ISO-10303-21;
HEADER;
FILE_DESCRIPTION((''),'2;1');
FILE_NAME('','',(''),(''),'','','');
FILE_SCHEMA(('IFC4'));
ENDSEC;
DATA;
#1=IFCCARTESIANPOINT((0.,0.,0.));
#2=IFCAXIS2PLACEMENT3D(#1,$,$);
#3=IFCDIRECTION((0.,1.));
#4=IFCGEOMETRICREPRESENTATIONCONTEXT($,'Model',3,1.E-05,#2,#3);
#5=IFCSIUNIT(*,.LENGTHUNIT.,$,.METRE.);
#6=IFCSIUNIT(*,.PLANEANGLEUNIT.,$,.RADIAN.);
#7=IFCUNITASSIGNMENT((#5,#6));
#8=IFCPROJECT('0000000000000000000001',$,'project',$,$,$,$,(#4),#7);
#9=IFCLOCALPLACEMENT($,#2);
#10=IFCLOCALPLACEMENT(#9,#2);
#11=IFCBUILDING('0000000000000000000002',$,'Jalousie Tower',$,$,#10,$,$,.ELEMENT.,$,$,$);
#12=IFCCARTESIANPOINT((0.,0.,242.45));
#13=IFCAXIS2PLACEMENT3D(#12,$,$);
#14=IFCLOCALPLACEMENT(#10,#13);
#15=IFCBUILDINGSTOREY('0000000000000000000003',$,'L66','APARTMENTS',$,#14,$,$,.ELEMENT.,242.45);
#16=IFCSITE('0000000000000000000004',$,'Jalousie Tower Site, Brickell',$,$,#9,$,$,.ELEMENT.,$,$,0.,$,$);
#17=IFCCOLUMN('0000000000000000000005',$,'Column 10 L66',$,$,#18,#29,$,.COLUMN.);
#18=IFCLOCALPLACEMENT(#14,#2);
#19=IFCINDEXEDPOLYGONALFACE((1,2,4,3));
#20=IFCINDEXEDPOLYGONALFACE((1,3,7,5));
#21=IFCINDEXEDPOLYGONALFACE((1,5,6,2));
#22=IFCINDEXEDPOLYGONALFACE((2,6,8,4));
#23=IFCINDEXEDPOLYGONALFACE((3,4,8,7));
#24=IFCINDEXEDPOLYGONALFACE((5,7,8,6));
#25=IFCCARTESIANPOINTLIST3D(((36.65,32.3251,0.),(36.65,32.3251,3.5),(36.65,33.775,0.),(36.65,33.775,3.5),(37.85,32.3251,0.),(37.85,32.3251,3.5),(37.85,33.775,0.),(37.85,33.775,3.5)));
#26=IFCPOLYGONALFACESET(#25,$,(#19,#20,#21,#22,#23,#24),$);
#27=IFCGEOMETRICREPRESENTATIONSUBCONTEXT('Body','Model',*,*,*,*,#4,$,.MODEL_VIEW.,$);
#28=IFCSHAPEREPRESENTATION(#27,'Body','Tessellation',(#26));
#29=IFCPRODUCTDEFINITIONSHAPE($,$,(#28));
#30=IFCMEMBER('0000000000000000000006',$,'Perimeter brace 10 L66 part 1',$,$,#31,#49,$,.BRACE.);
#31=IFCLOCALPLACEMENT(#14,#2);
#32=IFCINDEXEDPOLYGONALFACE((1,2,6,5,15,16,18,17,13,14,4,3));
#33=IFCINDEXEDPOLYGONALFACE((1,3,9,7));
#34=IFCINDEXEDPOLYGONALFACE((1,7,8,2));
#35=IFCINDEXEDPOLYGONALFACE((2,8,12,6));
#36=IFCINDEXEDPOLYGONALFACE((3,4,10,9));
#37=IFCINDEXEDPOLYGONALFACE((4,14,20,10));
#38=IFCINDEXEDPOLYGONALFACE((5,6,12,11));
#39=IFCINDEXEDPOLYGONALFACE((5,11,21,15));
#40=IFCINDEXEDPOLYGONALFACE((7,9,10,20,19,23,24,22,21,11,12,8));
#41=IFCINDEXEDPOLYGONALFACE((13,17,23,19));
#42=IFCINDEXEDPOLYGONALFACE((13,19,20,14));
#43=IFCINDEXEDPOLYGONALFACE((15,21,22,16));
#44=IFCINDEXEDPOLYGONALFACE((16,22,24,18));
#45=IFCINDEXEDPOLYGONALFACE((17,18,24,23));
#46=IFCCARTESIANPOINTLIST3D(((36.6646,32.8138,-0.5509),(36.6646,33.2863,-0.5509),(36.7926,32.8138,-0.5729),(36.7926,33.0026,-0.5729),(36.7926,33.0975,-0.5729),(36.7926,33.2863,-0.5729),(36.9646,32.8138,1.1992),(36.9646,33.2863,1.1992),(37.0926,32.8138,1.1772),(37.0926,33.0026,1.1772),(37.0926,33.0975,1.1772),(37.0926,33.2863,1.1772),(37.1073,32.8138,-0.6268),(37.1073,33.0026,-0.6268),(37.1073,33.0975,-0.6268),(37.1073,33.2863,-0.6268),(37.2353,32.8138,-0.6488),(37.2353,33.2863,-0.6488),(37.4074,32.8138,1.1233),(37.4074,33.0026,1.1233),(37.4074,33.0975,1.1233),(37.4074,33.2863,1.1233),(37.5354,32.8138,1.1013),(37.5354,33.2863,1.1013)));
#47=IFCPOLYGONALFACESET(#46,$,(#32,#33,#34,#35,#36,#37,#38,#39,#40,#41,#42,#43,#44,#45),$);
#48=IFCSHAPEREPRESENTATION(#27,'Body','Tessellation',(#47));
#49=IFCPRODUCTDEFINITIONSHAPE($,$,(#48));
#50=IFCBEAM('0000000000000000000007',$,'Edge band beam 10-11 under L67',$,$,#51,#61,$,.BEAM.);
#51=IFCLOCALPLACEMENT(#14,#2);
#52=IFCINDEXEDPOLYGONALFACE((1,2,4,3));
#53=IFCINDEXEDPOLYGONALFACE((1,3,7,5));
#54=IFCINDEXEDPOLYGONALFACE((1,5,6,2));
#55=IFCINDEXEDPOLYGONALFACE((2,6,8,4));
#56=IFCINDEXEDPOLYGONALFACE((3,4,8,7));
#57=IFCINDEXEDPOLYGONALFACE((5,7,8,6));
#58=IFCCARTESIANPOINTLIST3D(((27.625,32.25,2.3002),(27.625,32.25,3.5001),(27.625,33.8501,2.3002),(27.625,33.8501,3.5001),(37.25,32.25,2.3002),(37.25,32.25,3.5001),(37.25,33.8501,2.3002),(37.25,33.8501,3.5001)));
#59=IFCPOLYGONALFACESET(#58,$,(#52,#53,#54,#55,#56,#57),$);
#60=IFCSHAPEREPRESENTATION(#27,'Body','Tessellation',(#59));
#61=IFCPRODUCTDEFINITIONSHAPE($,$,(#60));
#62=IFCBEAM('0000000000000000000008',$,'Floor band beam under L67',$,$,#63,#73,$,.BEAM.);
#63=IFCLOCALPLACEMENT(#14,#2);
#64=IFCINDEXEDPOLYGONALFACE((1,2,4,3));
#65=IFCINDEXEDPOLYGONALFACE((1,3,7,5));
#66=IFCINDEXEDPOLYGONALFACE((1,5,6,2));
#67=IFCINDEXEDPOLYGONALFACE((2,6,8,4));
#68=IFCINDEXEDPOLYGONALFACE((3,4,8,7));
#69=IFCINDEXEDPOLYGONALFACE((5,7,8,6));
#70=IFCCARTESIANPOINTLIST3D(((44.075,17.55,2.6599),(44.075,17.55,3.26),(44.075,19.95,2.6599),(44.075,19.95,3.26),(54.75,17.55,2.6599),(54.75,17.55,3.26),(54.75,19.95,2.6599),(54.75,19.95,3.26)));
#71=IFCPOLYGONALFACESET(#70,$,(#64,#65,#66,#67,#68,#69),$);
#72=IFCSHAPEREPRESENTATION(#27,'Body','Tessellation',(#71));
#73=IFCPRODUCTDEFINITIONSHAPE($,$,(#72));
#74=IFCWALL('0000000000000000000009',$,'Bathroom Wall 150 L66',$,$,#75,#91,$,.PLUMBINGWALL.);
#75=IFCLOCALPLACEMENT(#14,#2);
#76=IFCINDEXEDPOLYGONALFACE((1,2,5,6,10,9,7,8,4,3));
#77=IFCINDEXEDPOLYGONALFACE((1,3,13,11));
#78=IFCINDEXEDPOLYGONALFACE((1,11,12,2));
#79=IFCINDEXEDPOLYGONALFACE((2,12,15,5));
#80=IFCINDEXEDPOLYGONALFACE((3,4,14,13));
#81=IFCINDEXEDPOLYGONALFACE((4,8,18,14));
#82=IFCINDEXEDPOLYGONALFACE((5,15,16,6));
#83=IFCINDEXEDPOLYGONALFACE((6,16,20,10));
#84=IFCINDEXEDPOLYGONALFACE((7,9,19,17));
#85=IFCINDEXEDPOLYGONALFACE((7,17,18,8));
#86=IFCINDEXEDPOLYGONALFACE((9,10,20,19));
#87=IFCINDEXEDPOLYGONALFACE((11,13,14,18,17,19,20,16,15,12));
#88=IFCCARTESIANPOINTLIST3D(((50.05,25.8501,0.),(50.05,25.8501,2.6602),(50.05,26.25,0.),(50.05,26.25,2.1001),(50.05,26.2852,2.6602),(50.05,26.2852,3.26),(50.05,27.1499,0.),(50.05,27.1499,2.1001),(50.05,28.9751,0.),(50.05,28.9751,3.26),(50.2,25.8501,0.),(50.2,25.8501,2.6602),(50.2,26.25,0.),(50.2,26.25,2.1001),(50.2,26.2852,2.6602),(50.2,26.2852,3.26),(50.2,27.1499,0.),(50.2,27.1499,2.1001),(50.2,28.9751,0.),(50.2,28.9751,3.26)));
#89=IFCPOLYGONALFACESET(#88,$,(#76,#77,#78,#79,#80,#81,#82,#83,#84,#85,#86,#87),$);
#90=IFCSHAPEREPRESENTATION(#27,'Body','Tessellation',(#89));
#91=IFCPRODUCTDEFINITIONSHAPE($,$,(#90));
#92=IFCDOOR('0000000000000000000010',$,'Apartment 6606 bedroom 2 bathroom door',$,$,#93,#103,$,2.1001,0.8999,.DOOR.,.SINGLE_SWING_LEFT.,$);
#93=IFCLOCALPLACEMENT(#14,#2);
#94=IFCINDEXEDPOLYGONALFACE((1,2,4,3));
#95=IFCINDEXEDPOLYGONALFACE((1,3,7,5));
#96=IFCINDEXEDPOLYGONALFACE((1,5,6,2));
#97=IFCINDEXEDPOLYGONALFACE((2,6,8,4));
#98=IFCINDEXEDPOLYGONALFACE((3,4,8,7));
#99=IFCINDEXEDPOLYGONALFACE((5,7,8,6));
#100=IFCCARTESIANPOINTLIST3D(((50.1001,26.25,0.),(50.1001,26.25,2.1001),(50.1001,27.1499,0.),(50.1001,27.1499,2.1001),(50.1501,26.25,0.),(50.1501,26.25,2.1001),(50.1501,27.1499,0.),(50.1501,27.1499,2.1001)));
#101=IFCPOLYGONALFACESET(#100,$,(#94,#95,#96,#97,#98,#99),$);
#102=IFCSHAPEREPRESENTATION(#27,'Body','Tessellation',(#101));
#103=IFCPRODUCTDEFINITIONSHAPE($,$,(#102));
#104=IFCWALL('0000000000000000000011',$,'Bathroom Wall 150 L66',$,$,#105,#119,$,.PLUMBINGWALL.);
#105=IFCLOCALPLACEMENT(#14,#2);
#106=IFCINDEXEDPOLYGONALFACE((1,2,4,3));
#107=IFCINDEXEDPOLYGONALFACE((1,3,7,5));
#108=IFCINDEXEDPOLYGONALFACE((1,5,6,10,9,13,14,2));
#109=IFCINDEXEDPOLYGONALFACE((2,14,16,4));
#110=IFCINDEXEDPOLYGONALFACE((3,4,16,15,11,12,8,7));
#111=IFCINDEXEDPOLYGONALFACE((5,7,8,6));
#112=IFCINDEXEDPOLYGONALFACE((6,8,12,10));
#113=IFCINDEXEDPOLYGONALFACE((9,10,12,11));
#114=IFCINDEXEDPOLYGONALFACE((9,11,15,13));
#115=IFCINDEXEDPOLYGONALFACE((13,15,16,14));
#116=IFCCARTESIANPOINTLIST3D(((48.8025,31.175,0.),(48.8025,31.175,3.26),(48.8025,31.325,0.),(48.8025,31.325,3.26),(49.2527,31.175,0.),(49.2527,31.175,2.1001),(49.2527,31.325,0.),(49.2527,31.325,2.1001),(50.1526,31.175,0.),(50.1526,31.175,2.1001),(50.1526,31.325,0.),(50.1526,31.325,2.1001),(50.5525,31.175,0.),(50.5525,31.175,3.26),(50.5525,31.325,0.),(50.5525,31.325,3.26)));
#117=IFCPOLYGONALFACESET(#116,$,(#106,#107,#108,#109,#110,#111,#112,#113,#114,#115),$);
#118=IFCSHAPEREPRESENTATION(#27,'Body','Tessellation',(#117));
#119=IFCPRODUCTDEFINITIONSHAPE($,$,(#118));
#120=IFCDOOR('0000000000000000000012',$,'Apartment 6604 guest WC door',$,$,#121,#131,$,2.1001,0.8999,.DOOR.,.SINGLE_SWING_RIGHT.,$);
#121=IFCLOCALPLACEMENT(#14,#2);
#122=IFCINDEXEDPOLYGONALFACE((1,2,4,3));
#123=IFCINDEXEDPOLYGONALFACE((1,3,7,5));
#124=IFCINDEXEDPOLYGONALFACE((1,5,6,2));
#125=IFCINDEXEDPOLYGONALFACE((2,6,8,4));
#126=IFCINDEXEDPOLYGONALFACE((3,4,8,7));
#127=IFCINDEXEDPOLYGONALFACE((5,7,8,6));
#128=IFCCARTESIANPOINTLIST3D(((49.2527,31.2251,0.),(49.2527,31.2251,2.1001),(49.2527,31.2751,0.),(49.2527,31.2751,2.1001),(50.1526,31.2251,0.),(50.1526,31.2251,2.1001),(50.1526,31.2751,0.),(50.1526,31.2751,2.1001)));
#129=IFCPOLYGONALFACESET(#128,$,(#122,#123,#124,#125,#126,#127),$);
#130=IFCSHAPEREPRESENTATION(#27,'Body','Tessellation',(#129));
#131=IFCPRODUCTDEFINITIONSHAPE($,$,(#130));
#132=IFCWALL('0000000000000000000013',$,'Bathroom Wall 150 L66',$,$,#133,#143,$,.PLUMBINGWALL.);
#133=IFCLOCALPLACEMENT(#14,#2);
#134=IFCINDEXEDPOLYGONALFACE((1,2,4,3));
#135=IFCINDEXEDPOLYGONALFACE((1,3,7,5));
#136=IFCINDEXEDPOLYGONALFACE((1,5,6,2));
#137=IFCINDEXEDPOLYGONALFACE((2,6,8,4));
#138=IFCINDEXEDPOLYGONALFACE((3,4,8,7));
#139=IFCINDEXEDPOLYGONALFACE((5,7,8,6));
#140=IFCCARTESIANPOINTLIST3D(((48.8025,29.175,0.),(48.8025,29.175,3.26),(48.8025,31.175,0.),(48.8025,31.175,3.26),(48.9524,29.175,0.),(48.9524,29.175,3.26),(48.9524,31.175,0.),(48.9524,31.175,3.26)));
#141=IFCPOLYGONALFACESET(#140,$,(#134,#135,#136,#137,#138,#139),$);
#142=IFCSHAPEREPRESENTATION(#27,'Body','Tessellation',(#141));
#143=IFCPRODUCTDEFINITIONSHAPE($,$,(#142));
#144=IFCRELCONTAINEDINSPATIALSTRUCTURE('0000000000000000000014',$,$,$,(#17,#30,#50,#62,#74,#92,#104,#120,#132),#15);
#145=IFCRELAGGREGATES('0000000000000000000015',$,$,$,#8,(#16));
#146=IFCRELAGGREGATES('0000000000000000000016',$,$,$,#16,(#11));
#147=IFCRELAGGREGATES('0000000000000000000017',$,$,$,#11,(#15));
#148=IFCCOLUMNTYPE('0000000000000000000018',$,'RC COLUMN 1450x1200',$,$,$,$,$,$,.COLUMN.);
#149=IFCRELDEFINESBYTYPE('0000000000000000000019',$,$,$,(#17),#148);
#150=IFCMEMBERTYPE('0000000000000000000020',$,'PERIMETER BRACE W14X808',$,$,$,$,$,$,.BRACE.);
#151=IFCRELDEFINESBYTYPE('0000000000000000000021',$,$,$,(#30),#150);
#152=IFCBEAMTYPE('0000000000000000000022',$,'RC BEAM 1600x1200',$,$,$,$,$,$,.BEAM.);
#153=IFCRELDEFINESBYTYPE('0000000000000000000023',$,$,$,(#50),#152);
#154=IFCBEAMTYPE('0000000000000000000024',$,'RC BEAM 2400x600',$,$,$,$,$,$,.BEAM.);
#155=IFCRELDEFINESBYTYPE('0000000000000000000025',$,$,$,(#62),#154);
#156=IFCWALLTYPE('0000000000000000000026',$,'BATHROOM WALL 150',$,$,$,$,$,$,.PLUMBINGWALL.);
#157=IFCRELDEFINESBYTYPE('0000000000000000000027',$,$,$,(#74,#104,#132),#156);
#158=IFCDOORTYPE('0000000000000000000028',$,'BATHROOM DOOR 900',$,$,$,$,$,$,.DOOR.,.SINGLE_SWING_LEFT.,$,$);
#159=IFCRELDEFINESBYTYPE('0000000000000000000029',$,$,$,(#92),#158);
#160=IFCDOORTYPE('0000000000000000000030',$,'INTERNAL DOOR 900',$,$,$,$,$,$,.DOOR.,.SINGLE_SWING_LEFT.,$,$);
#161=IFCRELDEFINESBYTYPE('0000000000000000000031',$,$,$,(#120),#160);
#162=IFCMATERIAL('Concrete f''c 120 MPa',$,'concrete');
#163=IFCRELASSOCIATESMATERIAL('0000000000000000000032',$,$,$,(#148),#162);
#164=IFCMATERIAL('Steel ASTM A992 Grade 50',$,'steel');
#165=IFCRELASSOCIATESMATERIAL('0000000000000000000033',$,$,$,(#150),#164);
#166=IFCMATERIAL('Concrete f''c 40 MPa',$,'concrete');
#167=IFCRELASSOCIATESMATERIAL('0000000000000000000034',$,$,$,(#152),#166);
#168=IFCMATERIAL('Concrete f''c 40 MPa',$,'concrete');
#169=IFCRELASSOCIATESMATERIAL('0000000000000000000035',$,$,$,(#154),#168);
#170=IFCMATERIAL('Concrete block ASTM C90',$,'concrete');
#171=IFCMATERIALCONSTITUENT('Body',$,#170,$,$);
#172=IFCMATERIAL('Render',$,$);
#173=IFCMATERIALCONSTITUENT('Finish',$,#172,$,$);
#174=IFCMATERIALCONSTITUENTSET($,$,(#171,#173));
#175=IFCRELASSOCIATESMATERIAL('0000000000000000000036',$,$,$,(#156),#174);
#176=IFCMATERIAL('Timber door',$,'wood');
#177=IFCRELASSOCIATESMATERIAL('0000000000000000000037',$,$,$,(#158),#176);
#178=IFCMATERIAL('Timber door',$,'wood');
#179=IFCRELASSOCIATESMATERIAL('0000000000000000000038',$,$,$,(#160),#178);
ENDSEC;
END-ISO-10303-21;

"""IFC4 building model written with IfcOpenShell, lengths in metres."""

from ifc_helpers import new_model, si_unit, direction, frame, frame_2d, origin, origin_2d, place, context, subcontext, project, spatial, polyline, rectangle, i_section, outline, extrude, material, constituent, constituent_set, material_profile, profile_set, type_object, element, fill, save


model = new_model("IFC4")

# Units and contexts
model_context = context("Model", 3, precision=1e-05, world=origin(), true_north=direction((0.0, 1.0)))
body_context = subcontext(model_context, "Body", "Model", "MODEL_VIEW")
ifc_project = project(units=[si_unit("LENGTHUNIT", "METRE"), si_unit("PLANEANGLEUNIT", "RADIAN")], contexts=[model_context])

# Site, building, storey
site_placement = place(None, origin())
site = spatial("IfcSite", under=ifc_project, at=site_placement, Name="Jalousie Tower Site, Brickell", CompositionType="ELEMENT", RefElevation=0.0)
building_placement = place(site_placement, origin())
building = spatial("IfcBuilding", under=site, at=building_placement, Name="Jalousie Tower", CompositionType="ELEMENT")
storey_placement = place(building_placement, frame((0.0, 0.0, 242.45)))
storey = spatial("IfcBuildingStorey", under=building, at=storey_placement, Name="L66", Description="APARTMENTS", CompositionType="ELEMENT", Elevation=242.45)

# Column
ifc_material_1 = material(Name="Concrete f'c 120 MPa", Category="concrete")
ifc_material_profile_1 = material_profile(ifc_material_1, rectangle(XDim=1.45, YDim=1.2, at=origin_2d()), Name="RC 1450x1200")
ifc_profile_set_1 = profile_set([ifc_material_profile_1], Name="Concrete f'c 120 MPa")
column_type = type_object("IfcColumnType", Name="RC COLUMN 1450x1200", PredefinedType="COLUMN", material=ifc_profile_set_1)
column_placement = place(storey_placement, frame((37.25, 33.05, 0.0), z_axis=(0.0, 0.0, 1.0), x_axis=(0.0, 1.0, 0.0)))
element("IfcColumn", 1, at=column_placement, inside=storey, type_object=column_type, Name="Column 10 L66", PredefinedType="COLUMN", context=body_context, shape_type="SweptSolid", body=[
    extrude(rectangle(XDim=1.45, YDim=1.2, at=origin_2d()), origin(), (0.0, 0.0, 1.0), 3.5),
])

# Member
ifc_material_2 = material(Name="Steel ASTM A992 Grade 50", Category="steel")
ifc_material_profile_2 = material_profile(ifc_material_2, i_section(OverallWidth=0.4724, OverallDepth=0.5791, WebThickness=0.095, FlangeThickness=0.1299, at=origin_2d()), Name="W14X808")
ifc_profile_set_2 = profile_set([ifc_material_profile_2], Name="Steel ASTM A992 Grade 50")
member_type = type_object("IfcMemberType", Name="PERIMETER BRACE W14X808", PredefinedType="BRACE", material=ifc_profile_set_2)
member_placement = place(storey_placement, frame((36.95, 33.05, -0.5999), z_axis=(0.168991, 0.0, 0.985618), x_axis=(0.0, 1.0, 0.0)))
element("IfcMember", 2, at=member_placement, inside=storey, type_object=member_type, Name="Perimeter brace 10 L66 part 1", PredefinedType="BRACE", context=body_context, shape_type="SweptSolid", body=[
    extrude(i_section(OverallWidth=0.4724, OverallDepth=0.5791, WebThickness=0.095, FlangeThickness=0.1299, at=origin_2d()), origin(), (0.0, 0.0, 1.0), 1.7756),
])

# Beams
ifc_material_3 = material(Name="Concrete f'c 40 MPa", Category="concrete")
ifc_material_profile_3 = material_profile(ifc_material_3, rectangle(XDim=1.6001, YDim=1.2, at=origin_2d()), Name="RC 1600x1200")
ifc_profile_set_3 = profile_set([ifc_material_profile_3], Name="Concrete f'c 40 MPa")
beam_type_1 = type_object("IfcBeamType", Name="RC BEAM 1600x1200", PredefinedType="BEAM", material=ifc_profile_set_3)
beam_1_placement = place(storey_placement, frame((37.25, 33.05, 2.9001), z_axis=(-1.0, 0.0, 0.0), x_axis=(0.0, -1.0, 0.0)))
element("IfcBeam", 3, at=beam_1_placement, inside=storey, type_object=beam_type_1, Name="Edge band beam 10-11 under L67", PredefinedType="BEAM", context=body_context, shape_type="SweptSolid", body=[
    extrude(rectangle(XDim=1.6001, YDim=1.2, at=origin_2d()), origin(), (0.0, 0.0, 1.0), 9.625),
])
ifc_material_4 = material(Name="Concrete f'c 40 MPa", Category="concrete")
ifc_material_profile_4 = material_profile(ifc_material_4, rectangle(XDim=2.3999, YDim=0.6001, at=origin_2d()), Name="RC 2400x600")
ifc_profile_set_4 = profile_set([ifc_material_profile_4], Name="Concrete f'c 40 MPa")
beam_type_2 = type_object("IfcBeamType", Name="RC BEAM 2400x600", PredefinedType="BEAM", material=ifc_profile_set_4)
beam_2_placement = place(storey_placement, frame((44.075, 18.75, 2.96), z_axis=(1.0, 0.0, 0.0), x_axis=(0.0, 1.0, 0.0)))
element("IfcBeam", 4, at=beam_2_placement, inside=storey, type_object=beam_type_2, Name="Floor band beam under L67", PredefinedType="BEAM", context=body_context, shape_type="SweptSolid", body=[
    extrude(rectangle(XDim=2.3999, YDim=0.6001, at=origin_2d()), origin(), (0.0, 0.0, 1.0), 10.675),
])

# Walls, openings, doors
ifc_material_5 = material(Name="Concrete block ASTM C90", Category="concrete")
ifc_constituent_1 = constituent(ifc_material_5, Name="Body")
ifc_material_6 = material(Name="Render")
ifc_constituent_2 = constituent(ifc_material_6, Name="Finish")
ifc_constituent_set_1 = constituent_set(constituents=[ifc_constituent_1, ifc_constituent_2])
wall_type_1 = type_object("IfcWallType", Name="BATHROOM WALL 150", PredefinedType="PLUMBINGWALL", material=ifc_constituent_set_1)
wall_1_placement = place(storey_placement, frame((50.125, 25.8501, 0.0), z_axis=(0.0, 0.0, 1.0), x_axis=(0.0, 1.0, 0.0)))
wall_1 = element("IfcWall", 5, at=wall_1_placement, inside=storey, type_object=wall_type_1, Name="Bathroom Wall 150 L66", PredefinedType="PLUMBINGWALL", context=body_context, shape_type="SweptSolid", body=[
    extrude(outline(polyline([(0.0, 0.0), (3.125, 0.0), (3.125, 3.26), (0.4351, 3.26), (0.4351, 2.6602), (0.0, 2.6602), (0.0, 3.26), (0.0, 0.0)])), frame((0.0, 0.075, 0.0), z_axis=(0.0, -1.0, 0.0), x_axis=(1.0, 0.0, 0.0)), (0.0, 0.0, 1.0), 0.1499),
])
opening_1_placement = place(wall_1_placement, frame((0.3999, 0.0, 0.0)))
opening_1 = element("IfcOpeningElement", 6, at=opening_1_placement, cuts=wall_1, PredefinedType="OPENING", context=body_context, shape_type="SweptSolid", body=[
    extrude(rectangle(XDim=0.8999, YDim=2.1001, at=frame_2d((0.45, 1.05))), frame((0.0, 0.085, 0.0), z_axis=(0.0, -1.0, 0.0), x_axis=(1.0, 0.0, 0.0)), (0.0, 0.0, 1.0), 0.1699),
])
ifc_material_7 = material(Name="Timber door", Category="wood")
door_type_1 = type_object("IfcDoorType", Name="BATHROOM DOOR 900", OperationType="SINGLE_SWING_LEFT", PredefinedType="DOOR", material=ifc_material_7)
door_1_placement = place(opening_1_placement, origin())
door_1 = element("IfcDoor", 7, at=door_1_placement, inside=storey, type_object=door_type_1, Name="Apartment 6606 bedroom 2 bathroom door", OperationType="SINGLE_SWING_LEFT", OverallHeight=2.1001, OverallWidth=0.8999, PredefinedType="DOOR", context=body_context, shape_type="SweptSolid", body=[
    extrude(rectangle(XDim=0.8999, YDim=2.1001, at=frame_2d((0.45, 1.05))), frame((0.0, 0.0249, 0.0), z_axis=(0.0, -1.0, 0.0), x_axis=(1.0, 0.0, 0.0)), (0.0, 0.0, 1.0), 0.05),
])
fill(opening_1, door_1)
wall_2_placement = place(storey_placement, frame((50.5525, 31.25, 0.0), z_axis=(0.0, 0.0, 1.0), x_axis=(-1.0, 0.0, 0.0)))
wall_2 = element("IfcWall", 8, at=wall_2_placement, inside=storey, type_object=wall_type_1, Name="Bathroom Wall 150 L66", PredefinedType="PLUMBINGWALL", context=body_context, shape_type="SweptSolid", body=[
    extrude(rectangle(XDim=1.75, YDim=0.1499, at=frame_2d((0.875, 0.0))), origin(), (0.0, 0.0, 1.0), 3.26),
])
opening_2_placement = place(wall_2_placement, frame((0.3999, 0.0, 0.0)))
opening_2 = element("IfcOpeningElement", 9, at=opening_2_placement, cuts=wall_2, PredefinedType="OPENING", context=body_context, shape_type="SweptSolid", body=[
    extrude(rectangle(XDim=0.8999, YDim=2.1001, at=frame_2d((0.45, 1.05))), frame((0.0, 0.085, 0.0), z_axis=(0.0, -1.0, 0.0), x_axis=(1.0, 0.0, 0.0)), (0.0, 0.0, 1.0), 0.1699),
])
ifc_material_8 = material(Name="Timber door", Category="wood")
door_type_2 = type_object("IfcDoorType", Name="INTERNAL DOOR 900", OperationType="SINGLE_SWING_LEFT", PredefinedType="DOOR", material=ifc_material_8)
door_2_placement = place(opening_2_placement, origin())
door_2 = element("IfcDoor", 10, at=door_2_placement, inside=storey, type_object=door_type_2, Name="Apartment 6604 guest WC door", OperationType="SINGLE_SWING_RIGHT", OverallHeight=2.1001, OverallWidth=0.8999, PredefinedType="DOOR", context=body_context, shape_type="SweptSolid", body=[
    extrude(rectangle(XDim=0.8999, YDim=2.1001, at=frame_2d((0.45, 1.05))), frame((0.0, 0.0249, 0.0), z_axis=(0.0, -1.0, 0.0), x_axis=(1.0, 0.0, 0.0)), (0.0, 0.0, 1.0), 0.05),
])
fill(opening_2, door_2)

# Wall
wall_3_placement = place(storey_placement, frame((48.8774, 29.175, 0.0), z_axis=(0.0, 0.0, 1.0), x_axis=(0.0, 1.0, 0.0)))
element("IfcWall", 11, at=wall_3_placement, inside=storey, type_object=wall_type_1, Name="Bathroom Wall 150 L66", PredefinedType="PLUMBINGWALL", context=body_context, shape_type="SweptSolid", body=[
    extrude(rectangle(XDim=2.0, YDim=0.1499, at=frame_2d((1.0, 0.0))), origin(), (0.0, 0.0, 1.0), 3.26),
])

save(model, "model.ifc")
